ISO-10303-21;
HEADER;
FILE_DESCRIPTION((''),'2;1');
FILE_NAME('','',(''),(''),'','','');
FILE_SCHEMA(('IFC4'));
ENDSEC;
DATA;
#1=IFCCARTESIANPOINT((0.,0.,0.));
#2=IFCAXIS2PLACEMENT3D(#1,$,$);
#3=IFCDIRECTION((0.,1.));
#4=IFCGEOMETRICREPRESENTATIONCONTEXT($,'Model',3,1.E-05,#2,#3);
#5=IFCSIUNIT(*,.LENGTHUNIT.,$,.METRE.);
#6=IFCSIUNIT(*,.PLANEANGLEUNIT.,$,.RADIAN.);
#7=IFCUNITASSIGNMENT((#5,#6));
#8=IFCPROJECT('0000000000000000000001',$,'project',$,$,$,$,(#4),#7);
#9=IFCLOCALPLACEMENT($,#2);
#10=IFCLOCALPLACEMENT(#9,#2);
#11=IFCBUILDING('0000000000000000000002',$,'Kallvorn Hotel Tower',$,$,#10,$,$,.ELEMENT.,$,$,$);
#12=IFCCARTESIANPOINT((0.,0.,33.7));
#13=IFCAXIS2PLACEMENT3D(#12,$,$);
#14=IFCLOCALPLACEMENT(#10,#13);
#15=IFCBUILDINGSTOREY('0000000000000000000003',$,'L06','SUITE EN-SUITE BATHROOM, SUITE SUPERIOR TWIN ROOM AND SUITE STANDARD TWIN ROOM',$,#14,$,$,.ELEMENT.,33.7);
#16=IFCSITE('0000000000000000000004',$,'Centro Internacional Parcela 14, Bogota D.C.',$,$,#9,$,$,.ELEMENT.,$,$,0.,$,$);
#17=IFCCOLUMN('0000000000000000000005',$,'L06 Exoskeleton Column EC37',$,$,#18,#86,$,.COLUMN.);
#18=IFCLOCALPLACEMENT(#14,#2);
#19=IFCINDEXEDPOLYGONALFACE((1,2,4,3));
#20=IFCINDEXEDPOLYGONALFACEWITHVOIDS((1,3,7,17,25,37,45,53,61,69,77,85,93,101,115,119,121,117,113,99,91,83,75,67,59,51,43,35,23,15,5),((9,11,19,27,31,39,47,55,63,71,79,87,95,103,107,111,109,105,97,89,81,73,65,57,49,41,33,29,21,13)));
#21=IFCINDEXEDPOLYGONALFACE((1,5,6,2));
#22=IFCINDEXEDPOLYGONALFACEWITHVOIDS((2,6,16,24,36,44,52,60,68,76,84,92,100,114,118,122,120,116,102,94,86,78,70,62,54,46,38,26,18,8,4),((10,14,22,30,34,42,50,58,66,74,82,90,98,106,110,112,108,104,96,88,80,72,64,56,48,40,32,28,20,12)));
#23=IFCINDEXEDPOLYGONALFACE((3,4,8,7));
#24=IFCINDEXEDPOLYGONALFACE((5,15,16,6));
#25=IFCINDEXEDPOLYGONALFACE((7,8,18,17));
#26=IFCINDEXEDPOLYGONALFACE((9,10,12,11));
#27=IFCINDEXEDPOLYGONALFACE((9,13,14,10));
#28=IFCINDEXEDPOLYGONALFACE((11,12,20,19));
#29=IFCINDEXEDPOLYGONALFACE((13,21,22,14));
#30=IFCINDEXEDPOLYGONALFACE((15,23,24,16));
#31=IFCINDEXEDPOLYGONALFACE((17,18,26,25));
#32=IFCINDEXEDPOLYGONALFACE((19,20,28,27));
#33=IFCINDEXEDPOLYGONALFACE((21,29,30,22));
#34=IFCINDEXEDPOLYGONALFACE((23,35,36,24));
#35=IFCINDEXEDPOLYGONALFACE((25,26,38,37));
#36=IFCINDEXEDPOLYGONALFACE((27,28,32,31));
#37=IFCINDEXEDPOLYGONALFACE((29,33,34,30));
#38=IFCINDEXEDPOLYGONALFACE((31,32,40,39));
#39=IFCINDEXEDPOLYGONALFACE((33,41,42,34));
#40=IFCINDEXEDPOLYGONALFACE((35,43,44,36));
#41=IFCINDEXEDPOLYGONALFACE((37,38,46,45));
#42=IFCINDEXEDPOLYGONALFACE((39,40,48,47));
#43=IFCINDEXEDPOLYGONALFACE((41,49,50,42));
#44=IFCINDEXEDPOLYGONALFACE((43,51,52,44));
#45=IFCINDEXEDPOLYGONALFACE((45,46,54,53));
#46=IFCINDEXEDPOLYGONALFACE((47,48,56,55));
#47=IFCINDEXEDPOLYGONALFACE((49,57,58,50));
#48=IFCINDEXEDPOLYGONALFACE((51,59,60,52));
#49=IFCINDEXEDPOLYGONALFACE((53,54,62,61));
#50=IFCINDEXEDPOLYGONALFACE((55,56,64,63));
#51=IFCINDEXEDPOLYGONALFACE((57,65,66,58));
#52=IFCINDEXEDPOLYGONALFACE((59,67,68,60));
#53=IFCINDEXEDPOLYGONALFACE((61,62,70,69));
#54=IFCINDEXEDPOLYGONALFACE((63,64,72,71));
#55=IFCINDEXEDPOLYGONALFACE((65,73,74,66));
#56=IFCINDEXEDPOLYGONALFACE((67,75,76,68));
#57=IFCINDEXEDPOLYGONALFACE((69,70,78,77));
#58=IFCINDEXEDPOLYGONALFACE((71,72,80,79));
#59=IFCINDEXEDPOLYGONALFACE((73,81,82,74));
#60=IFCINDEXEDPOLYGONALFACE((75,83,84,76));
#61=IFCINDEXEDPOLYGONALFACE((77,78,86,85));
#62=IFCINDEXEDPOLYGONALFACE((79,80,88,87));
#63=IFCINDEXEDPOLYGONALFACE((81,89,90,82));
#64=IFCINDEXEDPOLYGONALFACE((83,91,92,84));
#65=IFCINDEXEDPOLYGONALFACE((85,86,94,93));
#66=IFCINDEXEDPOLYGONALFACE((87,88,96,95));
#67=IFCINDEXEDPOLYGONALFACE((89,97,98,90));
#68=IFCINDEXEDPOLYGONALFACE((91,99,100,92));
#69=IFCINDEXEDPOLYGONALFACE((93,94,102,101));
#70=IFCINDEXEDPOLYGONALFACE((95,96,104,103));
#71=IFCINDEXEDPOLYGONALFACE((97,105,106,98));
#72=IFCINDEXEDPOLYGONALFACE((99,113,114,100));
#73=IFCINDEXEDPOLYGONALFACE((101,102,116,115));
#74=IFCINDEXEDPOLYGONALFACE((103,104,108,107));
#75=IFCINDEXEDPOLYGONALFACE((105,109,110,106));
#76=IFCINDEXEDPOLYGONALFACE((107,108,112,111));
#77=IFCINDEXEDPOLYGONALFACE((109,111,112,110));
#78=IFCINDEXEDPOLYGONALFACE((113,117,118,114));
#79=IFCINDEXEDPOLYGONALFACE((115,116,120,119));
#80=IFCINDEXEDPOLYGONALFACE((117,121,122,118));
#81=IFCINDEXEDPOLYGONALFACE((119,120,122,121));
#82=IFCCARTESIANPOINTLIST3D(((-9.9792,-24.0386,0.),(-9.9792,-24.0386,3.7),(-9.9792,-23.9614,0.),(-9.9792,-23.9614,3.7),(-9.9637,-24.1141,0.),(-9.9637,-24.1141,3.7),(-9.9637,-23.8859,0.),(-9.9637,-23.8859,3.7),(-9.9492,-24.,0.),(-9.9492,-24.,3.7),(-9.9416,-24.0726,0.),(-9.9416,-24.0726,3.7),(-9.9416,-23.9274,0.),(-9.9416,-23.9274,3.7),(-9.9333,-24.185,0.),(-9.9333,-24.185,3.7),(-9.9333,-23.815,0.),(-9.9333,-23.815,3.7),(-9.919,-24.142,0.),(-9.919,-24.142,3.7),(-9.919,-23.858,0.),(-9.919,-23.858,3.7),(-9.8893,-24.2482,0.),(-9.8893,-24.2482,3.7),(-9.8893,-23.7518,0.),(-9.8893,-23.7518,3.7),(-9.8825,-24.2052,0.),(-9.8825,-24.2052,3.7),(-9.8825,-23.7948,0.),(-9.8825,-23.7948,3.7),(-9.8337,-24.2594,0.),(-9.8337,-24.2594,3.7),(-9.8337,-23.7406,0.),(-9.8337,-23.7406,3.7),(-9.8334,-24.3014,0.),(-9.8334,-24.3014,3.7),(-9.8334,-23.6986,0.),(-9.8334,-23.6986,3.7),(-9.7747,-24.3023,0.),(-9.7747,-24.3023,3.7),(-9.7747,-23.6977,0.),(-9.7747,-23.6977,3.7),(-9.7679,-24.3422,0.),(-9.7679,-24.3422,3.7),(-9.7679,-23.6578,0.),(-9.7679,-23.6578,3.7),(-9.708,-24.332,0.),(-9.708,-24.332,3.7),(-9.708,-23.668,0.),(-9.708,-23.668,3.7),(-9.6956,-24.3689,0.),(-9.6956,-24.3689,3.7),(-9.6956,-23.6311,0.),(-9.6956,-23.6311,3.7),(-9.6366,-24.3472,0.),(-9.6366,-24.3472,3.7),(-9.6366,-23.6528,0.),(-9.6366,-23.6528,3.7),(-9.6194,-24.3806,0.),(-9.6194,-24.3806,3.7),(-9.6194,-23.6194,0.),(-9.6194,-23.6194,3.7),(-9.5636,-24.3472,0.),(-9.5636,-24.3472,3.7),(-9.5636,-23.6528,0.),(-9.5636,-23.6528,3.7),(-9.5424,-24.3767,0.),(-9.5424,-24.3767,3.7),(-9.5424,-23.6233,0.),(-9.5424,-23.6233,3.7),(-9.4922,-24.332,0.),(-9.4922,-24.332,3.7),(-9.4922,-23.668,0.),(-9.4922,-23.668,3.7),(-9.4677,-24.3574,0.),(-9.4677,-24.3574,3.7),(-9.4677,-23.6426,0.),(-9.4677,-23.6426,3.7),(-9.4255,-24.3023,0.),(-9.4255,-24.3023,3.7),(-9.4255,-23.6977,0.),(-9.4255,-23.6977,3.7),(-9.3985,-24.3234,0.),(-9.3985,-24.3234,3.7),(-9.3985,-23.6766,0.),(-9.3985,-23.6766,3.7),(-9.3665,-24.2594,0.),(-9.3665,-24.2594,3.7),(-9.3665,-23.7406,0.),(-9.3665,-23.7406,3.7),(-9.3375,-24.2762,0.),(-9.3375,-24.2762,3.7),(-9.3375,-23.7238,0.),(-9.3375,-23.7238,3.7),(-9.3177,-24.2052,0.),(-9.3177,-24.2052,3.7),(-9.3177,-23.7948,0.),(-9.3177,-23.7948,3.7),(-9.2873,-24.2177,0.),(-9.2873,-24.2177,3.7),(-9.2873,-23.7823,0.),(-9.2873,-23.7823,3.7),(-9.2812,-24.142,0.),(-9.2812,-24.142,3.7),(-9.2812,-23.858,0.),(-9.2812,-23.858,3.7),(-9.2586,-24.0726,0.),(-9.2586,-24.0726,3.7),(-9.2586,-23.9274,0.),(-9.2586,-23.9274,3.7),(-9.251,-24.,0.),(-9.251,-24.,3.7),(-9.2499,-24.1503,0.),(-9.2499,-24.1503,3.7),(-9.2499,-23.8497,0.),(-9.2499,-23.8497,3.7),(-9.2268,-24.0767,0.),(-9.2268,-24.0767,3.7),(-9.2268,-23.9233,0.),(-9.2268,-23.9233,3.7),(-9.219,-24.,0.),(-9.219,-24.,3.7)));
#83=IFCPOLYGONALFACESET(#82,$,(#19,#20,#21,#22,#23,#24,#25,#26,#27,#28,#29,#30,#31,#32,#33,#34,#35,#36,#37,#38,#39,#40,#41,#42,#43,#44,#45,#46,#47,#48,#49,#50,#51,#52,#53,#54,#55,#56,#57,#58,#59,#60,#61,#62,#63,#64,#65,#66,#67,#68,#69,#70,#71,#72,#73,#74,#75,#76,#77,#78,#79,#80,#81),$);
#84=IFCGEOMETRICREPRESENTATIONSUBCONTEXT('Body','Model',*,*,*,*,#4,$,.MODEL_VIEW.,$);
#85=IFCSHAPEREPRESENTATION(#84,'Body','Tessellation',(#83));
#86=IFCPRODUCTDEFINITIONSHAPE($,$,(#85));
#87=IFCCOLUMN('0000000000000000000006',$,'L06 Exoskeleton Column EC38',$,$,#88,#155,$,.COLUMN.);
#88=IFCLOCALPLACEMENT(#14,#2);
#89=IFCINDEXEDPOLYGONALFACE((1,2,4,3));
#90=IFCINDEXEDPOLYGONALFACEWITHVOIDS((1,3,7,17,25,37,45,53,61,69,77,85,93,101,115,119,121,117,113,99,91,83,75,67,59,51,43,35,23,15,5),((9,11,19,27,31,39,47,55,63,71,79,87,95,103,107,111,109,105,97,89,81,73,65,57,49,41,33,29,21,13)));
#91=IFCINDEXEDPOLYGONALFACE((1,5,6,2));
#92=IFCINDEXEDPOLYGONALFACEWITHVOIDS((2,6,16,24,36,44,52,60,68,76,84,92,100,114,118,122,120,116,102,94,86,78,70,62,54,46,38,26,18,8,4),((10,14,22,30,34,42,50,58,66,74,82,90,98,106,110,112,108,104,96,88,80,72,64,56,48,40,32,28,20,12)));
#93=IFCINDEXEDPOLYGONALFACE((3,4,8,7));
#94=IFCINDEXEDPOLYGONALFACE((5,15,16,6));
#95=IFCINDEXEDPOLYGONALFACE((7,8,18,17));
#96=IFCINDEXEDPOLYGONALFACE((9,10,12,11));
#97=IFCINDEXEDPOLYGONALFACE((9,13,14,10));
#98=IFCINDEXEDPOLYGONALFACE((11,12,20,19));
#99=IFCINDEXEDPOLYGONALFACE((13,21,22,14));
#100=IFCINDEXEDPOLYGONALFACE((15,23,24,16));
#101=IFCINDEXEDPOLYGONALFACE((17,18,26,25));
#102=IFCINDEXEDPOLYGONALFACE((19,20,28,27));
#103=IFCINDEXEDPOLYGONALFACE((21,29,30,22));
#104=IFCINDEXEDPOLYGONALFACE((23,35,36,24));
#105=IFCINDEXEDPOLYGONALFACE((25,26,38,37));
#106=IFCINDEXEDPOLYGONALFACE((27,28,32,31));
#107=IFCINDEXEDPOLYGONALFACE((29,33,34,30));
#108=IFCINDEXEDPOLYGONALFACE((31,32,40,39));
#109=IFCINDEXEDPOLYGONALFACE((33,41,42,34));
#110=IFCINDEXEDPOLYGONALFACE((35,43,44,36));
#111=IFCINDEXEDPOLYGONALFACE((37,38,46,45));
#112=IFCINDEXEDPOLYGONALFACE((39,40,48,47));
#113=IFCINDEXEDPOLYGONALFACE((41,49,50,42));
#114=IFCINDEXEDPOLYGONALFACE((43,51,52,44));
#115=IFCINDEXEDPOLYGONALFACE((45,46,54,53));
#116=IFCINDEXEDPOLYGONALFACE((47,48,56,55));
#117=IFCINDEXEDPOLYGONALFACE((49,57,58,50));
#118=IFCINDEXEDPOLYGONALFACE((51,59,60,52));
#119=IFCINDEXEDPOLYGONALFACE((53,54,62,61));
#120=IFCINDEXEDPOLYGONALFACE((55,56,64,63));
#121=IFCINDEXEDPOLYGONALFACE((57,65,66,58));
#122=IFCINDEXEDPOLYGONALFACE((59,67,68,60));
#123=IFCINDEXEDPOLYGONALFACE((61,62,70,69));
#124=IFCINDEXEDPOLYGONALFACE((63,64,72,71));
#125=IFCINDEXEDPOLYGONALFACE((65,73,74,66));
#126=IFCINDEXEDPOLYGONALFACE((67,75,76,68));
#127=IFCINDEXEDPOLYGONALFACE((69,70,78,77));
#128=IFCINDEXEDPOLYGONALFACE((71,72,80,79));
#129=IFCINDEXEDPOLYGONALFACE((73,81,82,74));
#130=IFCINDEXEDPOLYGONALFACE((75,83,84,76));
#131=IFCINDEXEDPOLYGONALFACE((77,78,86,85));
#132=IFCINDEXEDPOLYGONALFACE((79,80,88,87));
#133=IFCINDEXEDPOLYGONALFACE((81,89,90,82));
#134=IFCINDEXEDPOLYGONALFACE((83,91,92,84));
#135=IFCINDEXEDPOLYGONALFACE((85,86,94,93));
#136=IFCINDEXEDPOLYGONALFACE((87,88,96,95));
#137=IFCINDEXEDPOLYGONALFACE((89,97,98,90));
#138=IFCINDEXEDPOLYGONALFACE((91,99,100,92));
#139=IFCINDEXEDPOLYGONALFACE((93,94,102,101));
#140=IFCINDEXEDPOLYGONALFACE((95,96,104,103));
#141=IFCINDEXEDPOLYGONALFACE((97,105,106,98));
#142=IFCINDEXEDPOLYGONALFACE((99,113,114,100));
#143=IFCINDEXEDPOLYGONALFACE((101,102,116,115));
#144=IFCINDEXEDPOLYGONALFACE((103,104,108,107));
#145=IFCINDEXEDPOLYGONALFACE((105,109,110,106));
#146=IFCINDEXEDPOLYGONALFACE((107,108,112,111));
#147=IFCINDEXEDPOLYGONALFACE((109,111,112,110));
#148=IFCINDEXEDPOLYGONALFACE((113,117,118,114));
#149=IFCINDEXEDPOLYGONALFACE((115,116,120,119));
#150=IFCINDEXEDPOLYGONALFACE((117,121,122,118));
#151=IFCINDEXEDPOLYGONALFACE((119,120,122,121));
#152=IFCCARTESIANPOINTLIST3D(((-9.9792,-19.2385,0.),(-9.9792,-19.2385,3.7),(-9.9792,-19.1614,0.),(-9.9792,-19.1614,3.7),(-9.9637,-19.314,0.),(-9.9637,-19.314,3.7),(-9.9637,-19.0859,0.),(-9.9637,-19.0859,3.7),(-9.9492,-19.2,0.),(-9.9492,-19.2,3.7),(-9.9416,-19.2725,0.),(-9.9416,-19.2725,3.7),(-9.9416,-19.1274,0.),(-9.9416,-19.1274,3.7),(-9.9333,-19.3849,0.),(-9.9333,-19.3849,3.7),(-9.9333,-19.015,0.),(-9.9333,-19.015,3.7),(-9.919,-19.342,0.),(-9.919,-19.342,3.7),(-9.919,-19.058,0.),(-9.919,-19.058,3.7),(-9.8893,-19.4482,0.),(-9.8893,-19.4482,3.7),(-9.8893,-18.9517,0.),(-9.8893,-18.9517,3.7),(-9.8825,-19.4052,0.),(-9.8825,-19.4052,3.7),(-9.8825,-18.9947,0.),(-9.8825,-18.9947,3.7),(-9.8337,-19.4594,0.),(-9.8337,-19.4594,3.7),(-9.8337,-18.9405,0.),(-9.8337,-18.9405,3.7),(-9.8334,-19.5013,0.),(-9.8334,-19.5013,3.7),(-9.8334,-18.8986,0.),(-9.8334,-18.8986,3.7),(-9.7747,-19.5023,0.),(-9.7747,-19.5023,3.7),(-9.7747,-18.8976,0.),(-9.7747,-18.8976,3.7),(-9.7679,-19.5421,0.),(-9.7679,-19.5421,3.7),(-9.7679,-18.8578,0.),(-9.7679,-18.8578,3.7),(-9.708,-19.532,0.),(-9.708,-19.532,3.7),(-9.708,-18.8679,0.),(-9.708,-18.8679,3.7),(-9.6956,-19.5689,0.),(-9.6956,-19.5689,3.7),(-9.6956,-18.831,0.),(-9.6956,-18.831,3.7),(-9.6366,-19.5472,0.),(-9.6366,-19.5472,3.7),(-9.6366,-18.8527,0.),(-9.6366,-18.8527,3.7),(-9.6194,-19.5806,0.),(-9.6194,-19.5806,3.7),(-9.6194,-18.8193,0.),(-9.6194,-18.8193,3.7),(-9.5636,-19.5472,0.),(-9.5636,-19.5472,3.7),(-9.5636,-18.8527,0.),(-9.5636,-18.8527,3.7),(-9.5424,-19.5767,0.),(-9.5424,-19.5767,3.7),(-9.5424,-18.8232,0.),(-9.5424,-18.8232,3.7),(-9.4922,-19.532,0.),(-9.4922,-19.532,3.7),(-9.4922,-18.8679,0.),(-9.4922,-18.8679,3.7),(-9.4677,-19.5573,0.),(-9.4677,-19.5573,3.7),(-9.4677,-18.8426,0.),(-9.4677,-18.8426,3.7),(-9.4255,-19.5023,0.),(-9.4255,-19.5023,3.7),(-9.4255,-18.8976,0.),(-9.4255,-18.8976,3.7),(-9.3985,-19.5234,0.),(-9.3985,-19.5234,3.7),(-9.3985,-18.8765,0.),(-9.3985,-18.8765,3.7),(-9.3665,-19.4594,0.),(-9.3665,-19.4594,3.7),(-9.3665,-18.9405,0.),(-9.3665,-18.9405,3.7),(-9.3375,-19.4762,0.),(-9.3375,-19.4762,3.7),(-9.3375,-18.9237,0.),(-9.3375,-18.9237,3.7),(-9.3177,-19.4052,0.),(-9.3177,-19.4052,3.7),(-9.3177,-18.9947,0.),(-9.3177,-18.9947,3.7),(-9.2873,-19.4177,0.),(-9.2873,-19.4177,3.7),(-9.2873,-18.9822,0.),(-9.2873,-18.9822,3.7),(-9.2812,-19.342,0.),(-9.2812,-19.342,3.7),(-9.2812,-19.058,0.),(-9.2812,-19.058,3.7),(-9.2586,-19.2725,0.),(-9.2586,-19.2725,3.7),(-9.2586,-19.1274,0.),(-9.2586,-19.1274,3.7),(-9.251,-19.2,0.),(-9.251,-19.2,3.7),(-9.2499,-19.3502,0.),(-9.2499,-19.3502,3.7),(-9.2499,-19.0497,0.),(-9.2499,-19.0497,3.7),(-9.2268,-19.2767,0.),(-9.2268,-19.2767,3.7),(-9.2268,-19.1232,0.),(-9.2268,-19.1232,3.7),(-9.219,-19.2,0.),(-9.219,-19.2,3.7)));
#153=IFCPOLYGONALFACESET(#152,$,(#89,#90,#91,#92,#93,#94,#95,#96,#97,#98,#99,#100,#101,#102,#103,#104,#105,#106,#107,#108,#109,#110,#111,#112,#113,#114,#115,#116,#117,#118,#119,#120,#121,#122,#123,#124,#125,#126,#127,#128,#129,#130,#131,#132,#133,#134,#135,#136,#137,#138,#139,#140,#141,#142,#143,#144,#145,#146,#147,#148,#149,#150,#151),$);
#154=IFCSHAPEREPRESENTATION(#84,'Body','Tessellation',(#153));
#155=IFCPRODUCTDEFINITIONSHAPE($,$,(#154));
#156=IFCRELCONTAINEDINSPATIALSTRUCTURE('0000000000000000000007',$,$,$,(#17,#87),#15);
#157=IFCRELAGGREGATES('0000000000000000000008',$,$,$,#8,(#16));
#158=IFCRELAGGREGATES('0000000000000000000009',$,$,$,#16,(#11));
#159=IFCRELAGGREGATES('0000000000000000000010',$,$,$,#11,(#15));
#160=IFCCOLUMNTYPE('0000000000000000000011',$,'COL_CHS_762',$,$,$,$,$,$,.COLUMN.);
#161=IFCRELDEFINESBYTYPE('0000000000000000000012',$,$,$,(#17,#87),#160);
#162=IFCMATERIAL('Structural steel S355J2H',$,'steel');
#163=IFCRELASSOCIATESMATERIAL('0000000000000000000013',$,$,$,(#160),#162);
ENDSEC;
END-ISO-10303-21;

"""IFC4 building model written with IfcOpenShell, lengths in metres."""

from ifc_helpers import new_model, si_unit, direction, frame, origin, origin_2d, place, context, subcontext, project, spatial, hollow_circle, extrude, material, material_profile, profile_set, type_object, element, save


model = new_model("IFC4")

# Units and contexts
model_context = context("Model", 3, precision=1e-05, world=origin(), true_north=direction((0.0, 1.0)))
body_context = subcontext(model_context, "Body", "Model", "MODEL_VIEW")
ifc_project = project(units=[si_unit("LENGTHUNIT", "METRE"), si_unit("PLANEANGLEUNIT", "RADIAN")], contexts=[model_context])

# Site, building, storey
site_placement = place(None, origin())
site = spatial("IfcSite", under=ifc_project, at=site_placement, Name="Centro Internacional Parcela 14, Bogota D.C.", CompositionType="ELEMENT", RefElevation=0.0)
building_placement = place(site_placement, origin())
building = spatial("IfcBuilding", under=site, at=building_placement, Name="Kallvorn Hotel Tower", CompositionType="ELEMENT")
storey_placement = place(building_placement, frame((0.0, 0.0, 33.7)))
storey = spatial("IfcBuildingStorey", under=building, at=storey_placement, Name="L06", Description="SUITE EN-SUITE BATHROOM, SUITE SUPERIOR TWIN ROOM AND SUITE STANDARD TWIN ROOM", CompositionType="ELEMENT", Elevation=33.7)

# Columns
ifc_material_1 = material(Name="Structural steel S355J2H", Category="steel")
ifc_material_profile_1 = material_profile(ifc_material_1, hollow_circle(Radius=0.3811, WallThickness=0.032, at=origin_2d()), Name="CHS 762x32")
ifc_profile_set_1 = profile_set([ifc_material_profile_1], Name="Structural steel S355J2H")
column_type_1 = type_object("IfcColumnType", Name="COL_CHS_762", PredefinedType="COLUMN", material=ifc_profile_set_1)
for number, where, z_axis, x_axis, name in (
    (1, (-9.6001, -24.0, 0.0), (0.0, 0.0, 1.0), (1.0, 0.0, 0.0), "L06 Exoskeleton Column EC37"),
    (2, (-9.6001, -19.2, 0.0), (0.0, 0.0, 1.0), (1.0, 0.0, 0.0), "L06 Exoskeleton Column EC38"),
):
    element("IfcColumn", number, at=place(storey_placement, frame(where, z_axis=z_axis, x_axis=x_axis)), inside=storey, type_object=column_type_1, Name=name, PredefinedType="COLUMN", context=body_context, shape_type="SweptSolid", body=[
        extrude(hollow_circle(Radius=0.3811, WallThickness=0.032, at=origin_2d()), origin(), (0.0, 0.0, 1.0), 3.7),
    ])

save(model, "model.ifc")
